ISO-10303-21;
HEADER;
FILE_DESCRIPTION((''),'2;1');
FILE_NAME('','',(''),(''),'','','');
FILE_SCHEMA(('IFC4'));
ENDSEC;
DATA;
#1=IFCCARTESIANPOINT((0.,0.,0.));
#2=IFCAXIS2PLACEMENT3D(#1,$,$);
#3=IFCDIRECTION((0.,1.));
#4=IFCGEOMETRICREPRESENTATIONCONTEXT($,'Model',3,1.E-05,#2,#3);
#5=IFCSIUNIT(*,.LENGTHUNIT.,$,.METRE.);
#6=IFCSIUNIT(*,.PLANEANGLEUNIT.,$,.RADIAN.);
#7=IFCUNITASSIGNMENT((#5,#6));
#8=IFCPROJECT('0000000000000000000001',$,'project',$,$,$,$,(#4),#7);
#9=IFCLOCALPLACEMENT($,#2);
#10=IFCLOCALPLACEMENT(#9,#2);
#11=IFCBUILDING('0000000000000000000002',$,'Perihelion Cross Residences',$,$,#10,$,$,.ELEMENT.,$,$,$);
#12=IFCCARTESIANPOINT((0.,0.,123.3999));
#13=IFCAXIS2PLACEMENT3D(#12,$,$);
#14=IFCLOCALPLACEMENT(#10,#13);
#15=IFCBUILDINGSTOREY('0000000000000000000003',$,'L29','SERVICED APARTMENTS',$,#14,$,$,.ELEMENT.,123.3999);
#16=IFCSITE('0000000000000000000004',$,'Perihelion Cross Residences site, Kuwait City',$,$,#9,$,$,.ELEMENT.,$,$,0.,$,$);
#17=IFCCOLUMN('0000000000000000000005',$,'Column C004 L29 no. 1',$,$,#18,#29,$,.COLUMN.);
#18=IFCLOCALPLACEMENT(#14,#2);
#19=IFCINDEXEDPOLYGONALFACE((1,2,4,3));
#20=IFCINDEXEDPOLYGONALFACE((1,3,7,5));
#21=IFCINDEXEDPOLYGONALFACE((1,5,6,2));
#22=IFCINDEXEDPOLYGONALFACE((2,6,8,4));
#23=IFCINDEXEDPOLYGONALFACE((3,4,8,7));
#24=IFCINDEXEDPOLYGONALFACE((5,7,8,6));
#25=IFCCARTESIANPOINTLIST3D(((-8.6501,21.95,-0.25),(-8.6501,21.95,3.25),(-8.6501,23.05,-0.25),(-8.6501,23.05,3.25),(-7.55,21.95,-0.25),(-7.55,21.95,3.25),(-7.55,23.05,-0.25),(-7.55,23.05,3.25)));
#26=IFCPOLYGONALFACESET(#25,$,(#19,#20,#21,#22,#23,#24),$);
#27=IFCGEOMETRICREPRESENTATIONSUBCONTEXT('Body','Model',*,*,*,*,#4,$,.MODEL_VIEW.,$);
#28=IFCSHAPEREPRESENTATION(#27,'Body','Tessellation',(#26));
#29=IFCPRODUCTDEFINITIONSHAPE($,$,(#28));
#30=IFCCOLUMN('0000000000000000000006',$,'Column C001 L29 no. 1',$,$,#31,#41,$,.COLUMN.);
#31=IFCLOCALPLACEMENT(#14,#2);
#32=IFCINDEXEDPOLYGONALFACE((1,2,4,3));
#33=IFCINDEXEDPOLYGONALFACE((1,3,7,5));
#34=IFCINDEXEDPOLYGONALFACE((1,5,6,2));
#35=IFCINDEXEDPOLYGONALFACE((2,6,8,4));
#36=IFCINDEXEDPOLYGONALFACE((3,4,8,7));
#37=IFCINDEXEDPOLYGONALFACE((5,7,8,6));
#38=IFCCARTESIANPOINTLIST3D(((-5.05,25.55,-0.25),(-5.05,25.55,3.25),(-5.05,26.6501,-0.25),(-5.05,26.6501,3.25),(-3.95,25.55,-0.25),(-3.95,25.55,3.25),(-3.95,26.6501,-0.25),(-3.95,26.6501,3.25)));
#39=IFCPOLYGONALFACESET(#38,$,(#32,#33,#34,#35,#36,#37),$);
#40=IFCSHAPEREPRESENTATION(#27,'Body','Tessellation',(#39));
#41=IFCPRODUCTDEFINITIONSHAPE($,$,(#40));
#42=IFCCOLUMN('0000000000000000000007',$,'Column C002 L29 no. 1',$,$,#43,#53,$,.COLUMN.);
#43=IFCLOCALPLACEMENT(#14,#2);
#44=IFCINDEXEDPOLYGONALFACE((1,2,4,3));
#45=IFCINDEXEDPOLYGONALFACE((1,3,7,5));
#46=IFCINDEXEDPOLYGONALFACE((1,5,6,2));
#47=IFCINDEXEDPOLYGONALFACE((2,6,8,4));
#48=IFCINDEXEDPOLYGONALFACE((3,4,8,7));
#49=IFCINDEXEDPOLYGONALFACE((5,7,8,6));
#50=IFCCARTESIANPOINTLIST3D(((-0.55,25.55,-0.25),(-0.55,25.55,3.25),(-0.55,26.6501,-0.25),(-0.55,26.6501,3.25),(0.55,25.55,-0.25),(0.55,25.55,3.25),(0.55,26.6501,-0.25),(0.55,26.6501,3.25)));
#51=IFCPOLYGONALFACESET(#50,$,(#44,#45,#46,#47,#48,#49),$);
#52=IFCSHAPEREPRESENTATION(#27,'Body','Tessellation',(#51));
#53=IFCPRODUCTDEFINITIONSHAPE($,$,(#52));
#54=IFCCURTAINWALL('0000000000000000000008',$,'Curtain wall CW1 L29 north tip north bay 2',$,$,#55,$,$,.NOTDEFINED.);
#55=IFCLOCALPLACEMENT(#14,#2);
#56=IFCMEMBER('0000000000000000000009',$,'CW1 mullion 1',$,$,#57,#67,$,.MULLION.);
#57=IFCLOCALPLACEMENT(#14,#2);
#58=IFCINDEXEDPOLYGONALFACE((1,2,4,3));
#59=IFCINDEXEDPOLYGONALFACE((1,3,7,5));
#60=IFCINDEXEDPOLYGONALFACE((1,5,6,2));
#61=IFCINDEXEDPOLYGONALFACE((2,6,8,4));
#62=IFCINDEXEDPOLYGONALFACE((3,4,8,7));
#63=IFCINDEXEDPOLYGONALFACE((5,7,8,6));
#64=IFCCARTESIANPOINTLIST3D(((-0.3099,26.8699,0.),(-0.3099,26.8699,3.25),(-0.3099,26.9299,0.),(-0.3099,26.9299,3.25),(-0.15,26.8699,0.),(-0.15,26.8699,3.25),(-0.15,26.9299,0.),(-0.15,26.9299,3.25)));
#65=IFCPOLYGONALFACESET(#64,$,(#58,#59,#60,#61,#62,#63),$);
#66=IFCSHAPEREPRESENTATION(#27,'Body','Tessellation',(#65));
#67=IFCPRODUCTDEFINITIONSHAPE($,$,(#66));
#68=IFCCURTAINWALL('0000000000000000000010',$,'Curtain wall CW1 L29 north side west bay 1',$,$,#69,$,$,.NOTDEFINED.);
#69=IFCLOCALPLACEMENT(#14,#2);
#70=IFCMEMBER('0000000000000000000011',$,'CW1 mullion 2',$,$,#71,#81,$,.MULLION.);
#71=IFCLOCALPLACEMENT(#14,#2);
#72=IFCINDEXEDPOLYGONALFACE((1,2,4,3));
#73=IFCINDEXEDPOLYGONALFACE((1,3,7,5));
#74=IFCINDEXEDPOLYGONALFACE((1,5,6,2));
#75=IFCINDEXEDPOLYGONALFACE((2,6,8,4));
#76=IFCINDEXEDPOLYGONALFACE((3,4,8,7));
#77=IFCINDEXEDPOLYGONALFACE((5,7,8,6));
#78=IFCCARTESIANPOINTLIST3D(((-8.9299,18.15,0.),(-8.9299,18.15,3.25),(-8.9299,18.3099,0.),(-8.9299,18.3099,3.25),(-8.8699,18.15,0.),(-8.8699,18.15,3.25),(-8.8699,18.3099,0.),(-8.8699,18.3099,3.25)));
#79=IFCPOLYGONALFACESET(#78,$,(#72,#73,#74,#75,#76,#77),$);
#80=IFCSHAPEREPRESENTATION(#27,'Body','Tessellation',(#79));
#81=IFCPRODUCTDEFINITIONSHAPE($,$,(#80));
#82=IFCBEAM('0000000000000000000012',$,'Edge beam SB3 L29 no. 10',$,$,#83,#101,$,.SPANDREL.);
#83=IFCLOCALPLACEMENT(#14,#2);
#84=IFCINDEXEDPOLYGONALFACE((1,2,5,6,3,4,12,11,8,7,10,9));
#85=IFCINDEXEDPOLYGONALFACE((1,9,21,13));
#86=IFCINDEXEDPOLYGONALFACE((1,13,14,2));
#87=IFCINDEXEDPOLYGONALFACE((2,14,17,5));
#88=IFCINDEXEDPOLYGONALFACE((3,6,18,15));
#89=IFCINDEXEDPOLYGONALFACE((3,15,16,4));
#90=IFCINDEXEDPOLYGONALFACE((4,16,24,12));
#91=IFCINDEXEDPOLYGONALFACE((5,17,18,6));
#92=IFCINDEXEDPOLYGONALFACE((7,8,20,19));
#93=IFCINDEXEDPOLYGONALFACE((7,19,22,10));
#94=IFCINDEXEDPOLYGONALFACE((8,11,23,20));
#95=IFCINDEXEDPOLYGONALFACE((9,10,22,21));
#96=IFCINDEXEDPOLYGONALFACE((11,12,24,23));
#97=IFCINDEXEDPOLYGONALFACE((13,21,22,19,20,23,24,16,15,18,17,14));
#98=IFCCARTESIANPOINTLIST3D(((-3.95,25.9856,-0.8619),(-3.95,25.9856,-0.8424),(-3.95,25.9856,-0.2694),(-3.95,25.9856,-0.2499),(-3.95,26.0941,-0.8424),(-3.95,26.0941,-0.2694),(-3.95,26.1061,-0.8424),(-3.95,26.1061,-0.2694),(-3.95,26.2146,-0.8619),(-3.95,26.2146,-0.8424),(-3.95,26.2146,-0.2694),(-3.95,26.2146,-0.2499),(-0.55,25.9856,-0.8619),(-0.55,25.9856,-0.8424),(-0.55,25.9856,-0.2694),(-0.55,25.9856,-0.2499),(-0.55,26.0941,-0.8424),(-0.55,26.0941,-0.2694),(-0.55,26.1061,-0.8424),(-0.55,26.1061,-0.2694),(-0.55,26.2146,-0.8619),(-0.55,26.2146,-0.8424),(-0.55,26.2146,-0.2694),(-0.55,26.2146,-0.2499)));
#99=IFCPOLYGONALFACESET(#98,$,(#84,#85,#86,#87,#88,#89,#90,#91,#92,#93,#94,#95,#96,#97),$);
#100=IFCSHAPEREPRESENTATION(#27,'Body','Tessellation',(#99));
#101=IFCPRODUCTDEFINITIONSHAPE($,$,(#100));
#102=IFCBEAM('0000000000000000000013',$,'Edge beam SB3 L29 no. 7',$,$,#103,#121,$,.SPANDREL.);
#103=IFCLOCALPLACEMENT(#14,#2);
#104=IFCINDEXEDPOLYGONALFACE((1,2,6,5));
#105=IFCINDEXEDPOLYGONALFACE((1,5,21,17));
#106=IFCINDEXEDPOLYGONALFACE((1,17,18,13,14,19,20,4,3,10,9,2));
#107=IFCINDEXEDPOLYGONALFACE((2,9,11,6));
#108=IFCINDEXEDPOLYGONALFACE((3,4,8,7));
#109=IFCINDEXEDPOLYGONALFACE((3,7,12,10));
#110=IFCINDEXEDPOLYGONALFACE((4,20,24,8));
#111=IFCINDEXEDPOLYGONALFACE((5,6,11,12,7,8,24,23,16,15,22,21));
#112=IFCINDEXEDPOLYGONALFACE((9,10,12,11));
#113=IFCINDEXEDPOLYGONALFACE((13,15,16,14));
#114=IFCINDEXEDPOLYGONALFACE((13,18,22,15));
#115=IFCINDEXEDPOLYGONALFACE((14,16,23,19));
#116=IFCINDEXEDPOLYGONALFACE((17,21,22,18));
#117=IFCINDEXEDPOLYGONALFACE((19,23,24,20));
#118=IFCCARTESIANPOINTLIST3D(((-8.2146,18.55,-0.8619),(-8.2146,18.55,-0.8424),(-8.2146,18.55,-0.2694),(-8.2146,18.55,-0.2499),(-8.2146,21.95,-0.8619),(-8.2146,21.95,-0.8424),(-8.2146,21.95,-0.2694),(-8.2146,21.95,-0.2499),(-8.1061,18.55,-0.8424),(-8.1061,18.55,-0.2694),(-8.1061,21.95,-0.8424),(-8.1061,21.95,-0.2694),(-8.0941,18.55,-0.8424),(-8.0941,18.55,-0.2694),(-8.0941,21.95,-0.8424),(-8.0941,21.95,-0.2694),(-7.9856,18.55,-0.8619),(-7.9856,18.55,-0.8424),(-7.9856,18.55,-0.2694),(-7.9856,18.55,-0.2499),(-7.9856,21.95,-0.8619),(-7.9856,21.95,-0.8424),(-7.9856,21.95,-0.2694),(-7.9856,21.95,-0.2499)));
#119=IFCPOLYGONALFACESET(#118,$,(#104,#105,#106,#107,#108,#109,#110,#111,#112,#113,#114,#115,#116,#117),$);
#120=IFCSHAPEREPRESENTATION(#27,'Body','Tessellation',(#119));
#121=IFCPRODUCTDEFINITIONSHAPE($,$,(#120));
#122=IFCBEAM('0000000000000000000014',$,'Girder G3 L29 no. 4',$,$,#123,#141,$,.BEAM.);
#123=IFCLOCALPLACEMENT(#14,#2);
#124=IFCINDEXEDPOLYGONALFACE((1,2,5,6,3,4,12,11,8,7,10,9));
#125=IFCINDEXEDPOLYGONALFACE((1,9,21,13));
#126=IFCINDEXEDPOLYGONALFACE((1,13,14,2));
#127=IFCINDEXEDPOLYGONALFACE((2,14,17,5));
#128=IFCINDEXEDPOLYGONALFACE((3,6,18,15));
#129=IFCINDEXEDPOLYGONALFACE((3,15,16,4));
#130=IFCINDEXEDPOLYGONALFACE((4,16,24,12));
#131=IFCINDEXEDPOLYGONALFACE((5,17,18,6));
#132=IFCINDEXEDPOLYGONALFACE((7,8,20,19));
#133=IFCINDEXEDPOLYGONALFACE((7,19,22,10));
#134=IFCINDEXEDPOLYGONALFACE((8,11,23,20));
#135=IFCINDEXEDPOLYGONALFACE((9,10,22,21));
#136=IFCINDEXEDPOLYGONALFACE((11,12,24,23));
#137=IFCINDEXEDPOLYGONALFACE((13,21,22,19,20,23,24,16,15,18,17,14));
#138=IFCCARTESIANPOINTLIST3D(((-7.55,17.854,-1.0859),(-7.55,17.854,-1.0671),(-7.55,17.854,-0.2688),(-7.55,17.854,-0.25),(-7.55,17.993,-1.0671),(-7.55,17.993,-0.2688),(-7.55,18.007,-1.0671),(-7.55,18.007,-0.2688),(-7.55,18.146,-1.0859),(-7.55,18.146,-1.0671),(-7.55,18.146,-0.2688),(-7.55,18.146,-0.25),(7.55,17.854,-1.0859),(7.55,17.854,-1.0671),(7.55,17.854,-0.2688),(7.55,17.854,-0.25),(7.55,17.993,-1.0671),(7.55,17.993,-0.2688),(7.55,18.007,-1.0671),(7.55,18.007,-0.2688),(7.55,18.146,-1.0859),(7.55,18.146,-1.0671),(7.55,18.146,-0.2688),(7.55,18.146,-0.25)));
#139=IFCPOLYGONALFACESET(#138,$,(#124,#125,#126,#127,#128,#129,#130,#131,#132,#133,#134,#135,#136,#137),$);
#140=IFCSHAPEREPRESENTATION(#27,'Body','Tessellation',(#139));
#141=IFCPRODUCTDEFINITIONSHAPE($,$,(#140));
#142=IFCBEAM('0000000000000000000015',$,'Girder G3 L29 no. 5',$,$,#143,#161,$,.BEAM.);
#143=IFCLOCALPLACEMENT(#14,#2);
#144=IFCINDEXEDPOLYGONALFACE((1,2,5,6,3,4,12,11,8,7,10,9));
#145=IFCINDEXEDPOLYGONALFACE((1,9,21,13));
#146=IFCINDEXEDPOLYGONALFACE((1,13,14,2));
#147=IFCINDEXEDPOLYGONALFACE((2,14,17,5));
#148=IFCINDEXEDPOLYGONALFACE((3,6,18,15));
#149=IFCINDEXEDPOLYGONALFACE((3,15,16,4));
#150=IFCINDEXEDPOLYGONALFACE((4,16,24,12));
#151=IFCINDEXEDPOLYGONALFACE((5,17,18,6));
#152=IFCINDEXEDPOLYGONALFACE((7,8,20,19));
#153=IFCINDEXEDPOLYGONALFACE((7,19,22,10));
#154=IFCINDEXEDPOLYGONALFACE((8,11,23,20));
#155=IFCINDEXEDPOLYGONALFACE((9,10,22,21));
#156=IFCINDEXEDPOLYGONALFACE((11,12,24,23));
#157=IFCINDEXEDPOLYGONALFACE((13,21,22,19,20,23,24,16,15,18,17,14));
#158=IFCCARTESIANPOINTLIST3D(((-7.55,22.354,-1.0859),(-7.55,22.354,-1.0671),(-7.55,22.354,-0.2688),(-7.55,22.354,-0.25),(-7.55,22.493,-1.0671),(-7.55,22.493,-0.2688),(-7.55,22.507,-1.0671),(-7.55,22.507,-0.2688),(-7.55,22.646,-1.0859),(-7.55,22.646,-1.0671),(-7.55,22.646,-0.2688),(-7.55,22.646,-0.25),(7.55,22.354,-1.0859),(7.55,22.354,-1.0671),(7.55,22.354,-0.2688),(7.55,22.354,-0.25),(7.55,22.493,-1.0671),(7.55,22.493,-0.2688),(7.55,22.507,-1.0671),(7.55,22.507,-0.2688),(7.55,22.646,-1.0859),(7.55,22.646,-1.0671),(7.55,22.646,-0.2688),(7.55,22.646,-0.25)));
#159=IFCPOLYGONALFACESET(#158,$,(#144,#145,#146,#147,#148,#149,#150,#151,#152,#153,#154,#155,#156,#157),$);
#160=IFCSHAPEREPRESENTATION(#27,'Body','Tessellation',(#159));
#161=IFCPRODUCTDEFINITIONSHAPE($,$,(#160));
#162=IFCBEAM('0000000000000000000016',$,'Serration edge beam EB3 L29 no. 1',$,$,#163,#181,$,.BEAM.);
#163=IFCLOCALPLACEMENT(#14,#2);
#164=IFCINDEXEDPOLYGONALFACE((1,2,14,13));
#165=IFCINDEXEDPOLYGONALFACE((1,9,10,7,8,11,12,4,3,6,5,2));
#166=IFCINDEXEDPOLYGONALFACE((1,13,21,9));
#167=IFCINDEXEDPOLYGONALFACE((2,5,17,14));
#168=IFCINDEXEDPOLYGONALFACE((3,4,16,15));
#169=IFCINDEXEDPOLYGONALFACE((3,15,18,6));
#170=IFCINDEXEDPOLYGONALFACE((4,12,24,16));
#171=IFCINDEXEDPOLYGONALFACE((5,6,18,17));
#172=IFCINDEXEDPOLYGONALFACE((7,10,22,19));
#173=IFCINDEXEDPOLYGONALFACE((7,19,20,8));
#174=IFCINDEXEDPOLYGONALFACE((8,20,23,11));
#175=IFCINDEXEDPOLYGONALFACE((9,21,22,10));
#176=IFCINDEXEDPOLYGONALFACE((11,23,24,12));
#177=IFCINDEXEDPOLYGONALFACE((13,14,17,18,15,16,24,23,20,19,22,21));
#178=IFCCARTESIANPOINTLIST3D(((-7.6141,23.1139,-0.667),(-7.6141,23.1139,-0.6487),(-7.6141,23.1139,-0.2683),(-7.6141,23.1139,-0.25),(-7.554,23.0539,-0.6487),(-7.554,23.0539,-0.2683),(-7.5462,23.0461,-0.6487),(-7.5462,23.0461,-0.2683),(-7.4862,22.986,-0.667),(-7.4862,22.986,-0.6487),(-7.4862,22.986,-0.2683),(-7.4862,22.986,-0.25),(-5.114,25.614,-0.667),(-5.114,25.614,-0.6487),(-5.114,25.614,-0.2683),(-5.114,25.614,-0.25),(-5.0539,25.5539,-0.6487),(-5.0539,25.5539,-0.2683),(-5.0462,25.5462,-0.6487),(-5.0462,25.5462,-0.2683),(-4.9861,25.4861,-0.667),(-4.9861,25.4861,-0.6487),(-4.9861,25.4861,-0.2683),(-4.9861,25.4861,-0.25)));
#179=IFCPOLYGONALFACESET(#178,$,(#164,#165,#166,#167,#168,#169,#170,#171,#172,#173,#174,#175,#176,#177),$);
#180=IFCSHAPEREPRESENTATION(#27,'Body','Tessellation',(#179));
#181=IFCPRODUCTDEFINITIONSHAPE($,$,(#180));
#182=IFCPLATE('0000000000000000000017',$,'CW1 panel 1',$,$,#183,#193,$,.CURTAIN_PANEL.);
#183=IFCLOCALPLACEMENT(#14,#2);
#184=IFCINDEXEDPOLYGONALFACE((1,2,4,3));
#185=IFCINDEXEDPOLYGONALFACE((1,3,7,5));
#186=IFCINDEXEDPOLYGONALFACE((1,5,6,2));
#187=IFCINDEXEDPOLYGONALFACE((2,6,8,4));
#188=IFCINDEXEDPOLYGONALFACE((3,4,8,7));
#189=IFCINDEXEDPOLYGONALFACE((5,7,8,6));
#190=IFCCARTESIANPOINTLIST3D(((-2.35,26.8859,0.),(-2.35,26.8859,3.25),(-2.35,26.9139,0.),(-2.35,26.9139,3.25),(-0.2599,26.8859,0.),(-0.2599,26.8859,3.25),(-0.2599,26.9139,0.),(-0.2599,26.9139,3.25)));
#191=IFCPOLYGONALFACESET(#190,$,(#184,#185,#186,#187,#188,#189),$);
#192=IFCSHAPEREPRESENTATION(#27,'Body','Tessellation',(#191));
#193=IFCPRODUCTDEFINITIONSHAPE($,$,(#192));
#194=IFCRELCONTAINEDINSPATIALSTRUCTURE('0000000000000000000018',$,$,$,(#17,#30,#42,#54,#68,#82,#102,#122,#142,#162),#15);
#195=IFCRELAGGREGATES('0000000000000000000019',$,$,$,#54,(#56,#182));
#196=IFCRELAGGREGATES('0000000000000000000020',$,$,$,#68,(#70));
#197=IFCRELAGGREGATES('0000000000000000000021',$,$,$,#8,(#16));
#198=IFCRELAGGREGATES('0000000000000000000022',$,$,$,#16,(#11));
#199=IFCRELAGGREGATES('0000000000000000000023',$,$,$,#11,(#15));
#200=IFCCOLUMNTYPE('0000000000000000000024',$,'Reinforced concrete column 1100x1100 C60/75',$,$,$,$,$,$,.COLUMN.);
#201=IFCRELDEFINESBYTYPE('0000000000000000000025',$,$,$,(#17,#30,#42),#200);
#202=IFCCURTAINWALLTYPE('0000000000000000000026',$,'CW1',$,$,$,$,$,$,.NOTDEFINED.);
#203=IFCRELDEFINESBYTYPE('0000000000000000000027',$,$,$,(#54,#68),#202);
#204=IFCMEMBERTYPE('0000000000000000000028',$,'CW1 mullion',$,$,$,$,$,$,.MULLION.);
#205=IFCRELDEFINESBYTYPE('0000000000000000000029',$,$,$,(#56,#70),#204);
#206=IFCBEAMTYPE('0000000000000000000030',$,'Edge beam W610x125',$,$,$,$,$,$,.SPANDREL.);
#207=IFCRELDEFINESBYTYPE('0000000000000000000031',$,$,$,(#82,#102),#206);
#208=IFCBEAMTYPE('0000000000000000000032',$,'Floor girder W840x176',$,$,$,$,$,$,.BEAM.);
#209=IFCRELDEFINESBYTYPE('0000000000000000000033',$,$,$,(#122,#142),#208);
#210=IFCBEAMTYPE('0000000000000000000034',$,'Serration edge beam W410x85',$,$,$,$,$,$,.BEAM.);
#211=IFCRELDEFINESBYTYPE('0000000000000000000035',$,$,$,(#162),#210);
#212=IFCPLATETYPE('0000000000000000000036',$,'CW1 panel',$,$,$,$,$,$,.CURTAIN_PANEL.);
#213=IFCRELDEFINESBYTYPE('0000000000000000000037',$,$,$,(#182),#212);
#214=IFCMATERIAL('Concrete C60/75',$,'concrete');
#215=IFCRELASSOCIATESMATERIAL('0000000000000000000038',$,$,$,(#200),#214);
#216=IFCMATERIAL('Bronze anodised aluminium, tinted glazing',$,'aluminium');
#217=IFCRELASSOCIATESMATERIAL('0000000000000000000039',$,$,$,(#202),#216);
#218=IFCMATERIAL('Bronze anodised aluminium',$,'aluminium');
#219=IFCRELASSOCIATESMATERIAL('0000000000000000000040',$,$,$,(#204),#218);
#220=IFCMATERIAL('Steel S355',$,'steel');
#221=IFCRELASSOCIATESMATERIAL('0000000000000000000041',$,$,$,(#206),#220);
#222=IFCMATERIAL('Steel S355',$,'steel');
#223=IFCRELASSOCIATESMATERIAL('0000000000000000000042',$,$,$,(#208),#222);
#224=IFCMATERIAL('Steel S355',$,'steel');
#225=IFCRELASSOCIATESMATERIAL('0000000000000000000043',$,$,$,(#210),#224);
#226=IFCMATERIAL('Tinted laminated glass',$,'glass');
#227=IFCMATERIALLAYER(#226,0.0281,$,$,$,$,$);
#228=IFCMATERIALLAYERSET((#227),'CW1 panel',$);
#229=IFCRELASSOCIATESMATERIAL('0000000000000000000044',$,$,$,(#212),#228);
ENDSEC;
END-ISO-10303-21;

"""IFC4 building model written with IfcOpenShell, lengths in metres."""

from ifc_helpers import new_model, si_unit, direction, frame, origin, origin_2d, place, context, subcontext, project, spatial, rectangle, i_section, extrude, material, layer, layer_set, material_profile, profile_set, type_object, element, aggregate, save


model = new_model("IFC4")

# Units and contexts
model_context = context("Model", 3, precision=1e-05, world=origin(), true_north=direction((0.0, 1.0)))
body_context = subcontext(model_context, "Body", "Model", "MODEL_VIEW")
ifc_project = project(units=[si_unit("LENGTHUNIT", "METRE"), si_unit("PLANEANGLEUNIT", "RADIAN")], contexts=[model_context])

# Site, building, storey
site_placement = place(None, origin())
site = spatial("IfcSite", under=ifc_project, at=site_placement, Name="Perihelion Cross Residences site, Kuwait City", CompositionType="ELEMENT", RefElevation=0.0)
building_placement = place(site_placement, origin())
building = spatial("IfcBuilding", under=site, at=building_placement, Name="Perihelion Cross Residences", CompositionType="ELEMENT")
storey_placement = place(building_placement, frame((0.0, 0.0, 123.3999)))
storey = spatial("IfcBuildingStorey", under=building, at=storey_placement, Name="L29", Description="SERVICED APARTMENTS", CompositionType="ELEMENT", Elevation=123.3999)

# Columns
ifc_material_1 = material(Name="Concrete C60/75", Category="concrete")
ifc_material_profile_1 = material_profile(ifc_material_1, rectangle(XDim=1.1001, YDim=1.1001, at=origin_2d()), Name="RC 1100x1100")
ifc_profile_set_1 = profile_set([ifc_material_profile_1], Name="Concrete C60/75")
column_type = type_object("IfcColumnType", Name="Reinforced concrete column 1100x1100 C60/75", PredefinedType="COLUMN", material=ifc_profile_set_1)
for number, where, z_axis, x_axis, name in (
    (1, (-8.1001, 22.5, -0.25), (0.0, 0.0, 1.0), (1.0, 0.0, 0.0), "Column C004 L29 no. 1"),
    (2, (-4.5, 26.1001, -0.25), (0.0, 0.0, 1.0), (1.0, 0.0, 0.0), "Column C001 L29 no. 1"),
    (3, (0.0, 26.1001, -0.25), (0.0, 0.0, 1.0), (1.0, 0.0, 0.0), "Column C002 L29 no. 1"),
):
    element("IfcColumn", number, at=place(storey_placement, frame(where, z_axis=z_axis, x_axis=x_axis)), inside=storey, type_object=column_type, Name=name, PredefinedType="COLUMN", context=body_context, shape_type="SweptSolid", body=[
        extrude(rectangle(XDim=1.1001, YDim=1.1001, at=origin_2d()), origin(), (0.0, 0.0, 1.0), 3.5),
    ])

# Curtain walls, members
ifc_material_2 = material(Name="Bronze anodised aluminium, tinted glazing", Category="aluminium")
curtain_wall_type = type_object("IfcCurtainWallType", Name="CW1", PredefinedType="NOTDEFINED", material=ifc_material_2)
curtain_wall_1_placement = place(storey_placement, origin())
curtain_wall_1 = element("IfcCurtainWall", 4, at=curtain_wall_1_placement, inside=storey, type_object=curtain_wall_type, Name="Curtain wall CW1 L29 north tip north bay 2", PredefinedType="NOTDEFINED")
ifc_material_3 = material(Name="Bronze anodised aluminium", Category="aluminium")
ifc_material_profile_2 = material_profile(ifc_material_3, rectangle(XDim=0.0601, YDim=0.1599, at=origin_2d()), Name="CW1 mullion")
ifc_profile_set_2 = profile_set([ifc_material_profile_2], Name="Bronze anodised aluminium")
member_type = type_object("IfcMemberType", Name="CW1 mullion", PredefinedType="MULLION", material=ifc_profile_set_2)
member_1_placement = place(storey_placement, frame((-0.23, 26.8999, 0.0), z_axis=(0.0, 0.0, 1.0), x_axis=(0.0, -1.0, 0.0)))
member_1 = element("IfcMember", 5, at=member_1_placement, type_object=member_type, Name="CW1 mullion 1", PredefinedType="MULLION", context=body_context, shape_type="SweptSolid", body=[
    extrude(rectangle(XDim=0.0601, YDim=0.1599, at=origin_2d()), origin(), (0.0, 0.0, 1.0), 3.25),
])
curtain_wall_2_placement = place(storey_placement, origin())
curtain_wall_2 = element("IfcCurtainWall", 6, at=curtain_wall_2_placement, inside=storey, type_object=curtain_wall_type, Name="Curtain wall CW1 L29 north side west bay 1", PredefinedType="NOTDEFINED")
member_2_placement = place(storey_placement, frame((-8.8999, 18.23, 0.0), z_axis=(0.0, 0.0, 1.0), x_axis=(1.0, 0.0, 0.0)))
member_2 = element("IfcMember", 7, at=member_2_placement, type_object=member_type, Name="CW1 mullion 2", PredefinedType="MULLION", context=body_context, shape_type="SweptSolid", body=[
    extrude(rectangle(XDim=0.0601, YDim=0.1599, at=origin_2d()), origin(), (0.0, 0.0, 1.0), 3.25),
])

# Beams
ifc_material_4 = material(Name="Steel S355", Category="steel")
ifc_material_profile_3 = material_profile(ifc_material_4, i_section(OverallWidth=0.229, OverallDepth=0.6121, WebThickness=0.012, FlangeThickness=0.0195, at=origin_2d()), Name="W610x125")
ifc_profile_set_3 = profile_set([ifc_material_profile_3], Name="Steel S355")
beam_type_1 = type_object("IfcBeamType", Name="Edge beam W610x125", PredefinedType="SPANDREL", material=ifc_profile_set_3)
for number, where, z_axis, x_axis, name in (
    (8, (-0.55, 26.1001, -0.5559), (-1.0, 0.0, 0.0), (0.0, -1.0, 0.0), "Edge beam SB3 L29 no. 10"),
    (9, (-8.1001, 21.95, -0.5559), (0.0, -1.0, 0.0), (1.0, 0.0, 0.0), "Edge beam SB3 L29 no. 7"),
):
    element("IfcBeam", number, at=place(storey_placement, frame(where, z_axis=z_axis, x_axis=x_axis)), inside=storey, type_object=beam_type_1, Name=name, PredefinedType="SPANDREL", context=body_context, shape_type="SweptSolid", body=[
        extrude(i_section(OverallWidth=0.229, OverallDepth=0.6121, WebThickness=0.012, FlangeThickness=0.0195, at=origin_2d()), origin(), (0.0, 0.0, 1.0), 3.3999),
    ])
ifc_material_5 = material(Name="Steel S355", Category="steel")
ifc_material_profile_4 = material_profile(ifc_material_5, i_section(OverallWidth=0.292, OverallDepth=0.8359, WebThickness=0.0139, FlangeThickness=0.0188, at=origin_2d()), Name="W840x176")
ifc_profile_set_4 = profile_set([ifc_material_profile_4], Name="Steel S355")
beam_type_2 = type_object("IfcBeamType", Name="Floor girder W840x176", PredefinedType="BEAM", material=ifc_profile_set_4)
for number, where, z_axis, x_axis, name in (
    (10, (-7.55, 18.0, -0.668), (1.0, 0.0, 0.0), (0.0, 1.0, 0.0), "Girder G3 L29 no. 4"),
    (11, (-7.55, 22.5, -0.668), (1.0, 0.0, 0.0), (0.0, 1.0, 0.0), "Girder G3 L29 no. 5"),
):
    element("IfcBeam", number, at=place(storey_placement, frame(where, z_axis=z_axis, x_axis=x_axis)), inside=storey, type_object=beam_type_2, Name=name, PredefinedType="BEAM", context=body_context, shape_type="SweptSolid", body=[
        extrude(i_section(OverallWidth=0.292, OverallDepth=0.8359, WebThickness=0.0139, FlangeThickness=0.0188, at=origin_2d()), origin(), (0.0, 0.0, 1.0), 15.1001),
    ])
ifc_material_6 = material(Name="Steel S355", Category="steel")
ifc_material_profile_5 = material_profile(ifc_material_6, i_section(OverallWidth=0.1809, OverallDepth=0.417, WebThickness=0.011, FlangeThickness=0.0183, at=origin_2d()), Name="W410x85")
ifc_profile_set_5 = profile_set([ifc_material_profile_5], Name="Steel S355")
beam_type_3 = type_object("IfcBeamType", Name="Serration edge beam W410x85", PredefinedType="BEAM", material=ifc_profile_set_5)
beam_placement = place(storey_placement, frame((-5.05, 25.55, -0.4585), z_axis=(-0.707107, -0.707107, 0.0), x_axis=(0.707107, -0.707107, 0.0)))
element("IfcBeam", 12, at=beam_placement, inside=storey, type_object=beam_type_3, Name="Serration edge beam EB3 L29 no. 1", PredefinedType="BEAM", context=body_context, shape_type="SweptSolid", body=[
    extrude(i_section(OverallWidth=0.1809, OverallDepth=0.417, WebThickness=0.011, FlangeThickness=0.0183, at=origin_2d()), origin(), (0.0, 0.0, 1.0), 3.5356),
])

# Plate
ifc_material_7 = material(Name="Tinted laminated glass", Category="glass")
ifc_layer_1 = layer(ifc_material_7, 0.0281)
ifc_layer_set_1 = layer_set([ifc_layer_1], Name="CW1 panel")
plate_type = type_object("IfcPlateType", Name="CW1 panel", PredefinedType="CURTAIN_PANEL", material=ifc_layer_set_1)
plate_1_placement = place(storey_placement, frame((-1.3049, 26.8999, 0.0), z_axis=(0.0, 0.0, 1.0), x_axis=(-1.0, 0.0, 0.0)))
plate_1 = element("IfcPlate", 13, at=plate_1_placement, type_object=plate_type, Name="CW1 panel 1", PredefinedType="CURTAIN_PANEL", context=body_context, shape_type="SweptSolid", body=[
    extrude(rectangle(XDim=2.0901, YDim=0.0281, at=origin_2d()), origin(), (0.0, 0.0, 1.0), 3.25),
])
aggregate(curtain_wall_1, [member_1, plate_1])
aggregate(curtain_wall_2, [member_2])

save(model, "model.ifc")
